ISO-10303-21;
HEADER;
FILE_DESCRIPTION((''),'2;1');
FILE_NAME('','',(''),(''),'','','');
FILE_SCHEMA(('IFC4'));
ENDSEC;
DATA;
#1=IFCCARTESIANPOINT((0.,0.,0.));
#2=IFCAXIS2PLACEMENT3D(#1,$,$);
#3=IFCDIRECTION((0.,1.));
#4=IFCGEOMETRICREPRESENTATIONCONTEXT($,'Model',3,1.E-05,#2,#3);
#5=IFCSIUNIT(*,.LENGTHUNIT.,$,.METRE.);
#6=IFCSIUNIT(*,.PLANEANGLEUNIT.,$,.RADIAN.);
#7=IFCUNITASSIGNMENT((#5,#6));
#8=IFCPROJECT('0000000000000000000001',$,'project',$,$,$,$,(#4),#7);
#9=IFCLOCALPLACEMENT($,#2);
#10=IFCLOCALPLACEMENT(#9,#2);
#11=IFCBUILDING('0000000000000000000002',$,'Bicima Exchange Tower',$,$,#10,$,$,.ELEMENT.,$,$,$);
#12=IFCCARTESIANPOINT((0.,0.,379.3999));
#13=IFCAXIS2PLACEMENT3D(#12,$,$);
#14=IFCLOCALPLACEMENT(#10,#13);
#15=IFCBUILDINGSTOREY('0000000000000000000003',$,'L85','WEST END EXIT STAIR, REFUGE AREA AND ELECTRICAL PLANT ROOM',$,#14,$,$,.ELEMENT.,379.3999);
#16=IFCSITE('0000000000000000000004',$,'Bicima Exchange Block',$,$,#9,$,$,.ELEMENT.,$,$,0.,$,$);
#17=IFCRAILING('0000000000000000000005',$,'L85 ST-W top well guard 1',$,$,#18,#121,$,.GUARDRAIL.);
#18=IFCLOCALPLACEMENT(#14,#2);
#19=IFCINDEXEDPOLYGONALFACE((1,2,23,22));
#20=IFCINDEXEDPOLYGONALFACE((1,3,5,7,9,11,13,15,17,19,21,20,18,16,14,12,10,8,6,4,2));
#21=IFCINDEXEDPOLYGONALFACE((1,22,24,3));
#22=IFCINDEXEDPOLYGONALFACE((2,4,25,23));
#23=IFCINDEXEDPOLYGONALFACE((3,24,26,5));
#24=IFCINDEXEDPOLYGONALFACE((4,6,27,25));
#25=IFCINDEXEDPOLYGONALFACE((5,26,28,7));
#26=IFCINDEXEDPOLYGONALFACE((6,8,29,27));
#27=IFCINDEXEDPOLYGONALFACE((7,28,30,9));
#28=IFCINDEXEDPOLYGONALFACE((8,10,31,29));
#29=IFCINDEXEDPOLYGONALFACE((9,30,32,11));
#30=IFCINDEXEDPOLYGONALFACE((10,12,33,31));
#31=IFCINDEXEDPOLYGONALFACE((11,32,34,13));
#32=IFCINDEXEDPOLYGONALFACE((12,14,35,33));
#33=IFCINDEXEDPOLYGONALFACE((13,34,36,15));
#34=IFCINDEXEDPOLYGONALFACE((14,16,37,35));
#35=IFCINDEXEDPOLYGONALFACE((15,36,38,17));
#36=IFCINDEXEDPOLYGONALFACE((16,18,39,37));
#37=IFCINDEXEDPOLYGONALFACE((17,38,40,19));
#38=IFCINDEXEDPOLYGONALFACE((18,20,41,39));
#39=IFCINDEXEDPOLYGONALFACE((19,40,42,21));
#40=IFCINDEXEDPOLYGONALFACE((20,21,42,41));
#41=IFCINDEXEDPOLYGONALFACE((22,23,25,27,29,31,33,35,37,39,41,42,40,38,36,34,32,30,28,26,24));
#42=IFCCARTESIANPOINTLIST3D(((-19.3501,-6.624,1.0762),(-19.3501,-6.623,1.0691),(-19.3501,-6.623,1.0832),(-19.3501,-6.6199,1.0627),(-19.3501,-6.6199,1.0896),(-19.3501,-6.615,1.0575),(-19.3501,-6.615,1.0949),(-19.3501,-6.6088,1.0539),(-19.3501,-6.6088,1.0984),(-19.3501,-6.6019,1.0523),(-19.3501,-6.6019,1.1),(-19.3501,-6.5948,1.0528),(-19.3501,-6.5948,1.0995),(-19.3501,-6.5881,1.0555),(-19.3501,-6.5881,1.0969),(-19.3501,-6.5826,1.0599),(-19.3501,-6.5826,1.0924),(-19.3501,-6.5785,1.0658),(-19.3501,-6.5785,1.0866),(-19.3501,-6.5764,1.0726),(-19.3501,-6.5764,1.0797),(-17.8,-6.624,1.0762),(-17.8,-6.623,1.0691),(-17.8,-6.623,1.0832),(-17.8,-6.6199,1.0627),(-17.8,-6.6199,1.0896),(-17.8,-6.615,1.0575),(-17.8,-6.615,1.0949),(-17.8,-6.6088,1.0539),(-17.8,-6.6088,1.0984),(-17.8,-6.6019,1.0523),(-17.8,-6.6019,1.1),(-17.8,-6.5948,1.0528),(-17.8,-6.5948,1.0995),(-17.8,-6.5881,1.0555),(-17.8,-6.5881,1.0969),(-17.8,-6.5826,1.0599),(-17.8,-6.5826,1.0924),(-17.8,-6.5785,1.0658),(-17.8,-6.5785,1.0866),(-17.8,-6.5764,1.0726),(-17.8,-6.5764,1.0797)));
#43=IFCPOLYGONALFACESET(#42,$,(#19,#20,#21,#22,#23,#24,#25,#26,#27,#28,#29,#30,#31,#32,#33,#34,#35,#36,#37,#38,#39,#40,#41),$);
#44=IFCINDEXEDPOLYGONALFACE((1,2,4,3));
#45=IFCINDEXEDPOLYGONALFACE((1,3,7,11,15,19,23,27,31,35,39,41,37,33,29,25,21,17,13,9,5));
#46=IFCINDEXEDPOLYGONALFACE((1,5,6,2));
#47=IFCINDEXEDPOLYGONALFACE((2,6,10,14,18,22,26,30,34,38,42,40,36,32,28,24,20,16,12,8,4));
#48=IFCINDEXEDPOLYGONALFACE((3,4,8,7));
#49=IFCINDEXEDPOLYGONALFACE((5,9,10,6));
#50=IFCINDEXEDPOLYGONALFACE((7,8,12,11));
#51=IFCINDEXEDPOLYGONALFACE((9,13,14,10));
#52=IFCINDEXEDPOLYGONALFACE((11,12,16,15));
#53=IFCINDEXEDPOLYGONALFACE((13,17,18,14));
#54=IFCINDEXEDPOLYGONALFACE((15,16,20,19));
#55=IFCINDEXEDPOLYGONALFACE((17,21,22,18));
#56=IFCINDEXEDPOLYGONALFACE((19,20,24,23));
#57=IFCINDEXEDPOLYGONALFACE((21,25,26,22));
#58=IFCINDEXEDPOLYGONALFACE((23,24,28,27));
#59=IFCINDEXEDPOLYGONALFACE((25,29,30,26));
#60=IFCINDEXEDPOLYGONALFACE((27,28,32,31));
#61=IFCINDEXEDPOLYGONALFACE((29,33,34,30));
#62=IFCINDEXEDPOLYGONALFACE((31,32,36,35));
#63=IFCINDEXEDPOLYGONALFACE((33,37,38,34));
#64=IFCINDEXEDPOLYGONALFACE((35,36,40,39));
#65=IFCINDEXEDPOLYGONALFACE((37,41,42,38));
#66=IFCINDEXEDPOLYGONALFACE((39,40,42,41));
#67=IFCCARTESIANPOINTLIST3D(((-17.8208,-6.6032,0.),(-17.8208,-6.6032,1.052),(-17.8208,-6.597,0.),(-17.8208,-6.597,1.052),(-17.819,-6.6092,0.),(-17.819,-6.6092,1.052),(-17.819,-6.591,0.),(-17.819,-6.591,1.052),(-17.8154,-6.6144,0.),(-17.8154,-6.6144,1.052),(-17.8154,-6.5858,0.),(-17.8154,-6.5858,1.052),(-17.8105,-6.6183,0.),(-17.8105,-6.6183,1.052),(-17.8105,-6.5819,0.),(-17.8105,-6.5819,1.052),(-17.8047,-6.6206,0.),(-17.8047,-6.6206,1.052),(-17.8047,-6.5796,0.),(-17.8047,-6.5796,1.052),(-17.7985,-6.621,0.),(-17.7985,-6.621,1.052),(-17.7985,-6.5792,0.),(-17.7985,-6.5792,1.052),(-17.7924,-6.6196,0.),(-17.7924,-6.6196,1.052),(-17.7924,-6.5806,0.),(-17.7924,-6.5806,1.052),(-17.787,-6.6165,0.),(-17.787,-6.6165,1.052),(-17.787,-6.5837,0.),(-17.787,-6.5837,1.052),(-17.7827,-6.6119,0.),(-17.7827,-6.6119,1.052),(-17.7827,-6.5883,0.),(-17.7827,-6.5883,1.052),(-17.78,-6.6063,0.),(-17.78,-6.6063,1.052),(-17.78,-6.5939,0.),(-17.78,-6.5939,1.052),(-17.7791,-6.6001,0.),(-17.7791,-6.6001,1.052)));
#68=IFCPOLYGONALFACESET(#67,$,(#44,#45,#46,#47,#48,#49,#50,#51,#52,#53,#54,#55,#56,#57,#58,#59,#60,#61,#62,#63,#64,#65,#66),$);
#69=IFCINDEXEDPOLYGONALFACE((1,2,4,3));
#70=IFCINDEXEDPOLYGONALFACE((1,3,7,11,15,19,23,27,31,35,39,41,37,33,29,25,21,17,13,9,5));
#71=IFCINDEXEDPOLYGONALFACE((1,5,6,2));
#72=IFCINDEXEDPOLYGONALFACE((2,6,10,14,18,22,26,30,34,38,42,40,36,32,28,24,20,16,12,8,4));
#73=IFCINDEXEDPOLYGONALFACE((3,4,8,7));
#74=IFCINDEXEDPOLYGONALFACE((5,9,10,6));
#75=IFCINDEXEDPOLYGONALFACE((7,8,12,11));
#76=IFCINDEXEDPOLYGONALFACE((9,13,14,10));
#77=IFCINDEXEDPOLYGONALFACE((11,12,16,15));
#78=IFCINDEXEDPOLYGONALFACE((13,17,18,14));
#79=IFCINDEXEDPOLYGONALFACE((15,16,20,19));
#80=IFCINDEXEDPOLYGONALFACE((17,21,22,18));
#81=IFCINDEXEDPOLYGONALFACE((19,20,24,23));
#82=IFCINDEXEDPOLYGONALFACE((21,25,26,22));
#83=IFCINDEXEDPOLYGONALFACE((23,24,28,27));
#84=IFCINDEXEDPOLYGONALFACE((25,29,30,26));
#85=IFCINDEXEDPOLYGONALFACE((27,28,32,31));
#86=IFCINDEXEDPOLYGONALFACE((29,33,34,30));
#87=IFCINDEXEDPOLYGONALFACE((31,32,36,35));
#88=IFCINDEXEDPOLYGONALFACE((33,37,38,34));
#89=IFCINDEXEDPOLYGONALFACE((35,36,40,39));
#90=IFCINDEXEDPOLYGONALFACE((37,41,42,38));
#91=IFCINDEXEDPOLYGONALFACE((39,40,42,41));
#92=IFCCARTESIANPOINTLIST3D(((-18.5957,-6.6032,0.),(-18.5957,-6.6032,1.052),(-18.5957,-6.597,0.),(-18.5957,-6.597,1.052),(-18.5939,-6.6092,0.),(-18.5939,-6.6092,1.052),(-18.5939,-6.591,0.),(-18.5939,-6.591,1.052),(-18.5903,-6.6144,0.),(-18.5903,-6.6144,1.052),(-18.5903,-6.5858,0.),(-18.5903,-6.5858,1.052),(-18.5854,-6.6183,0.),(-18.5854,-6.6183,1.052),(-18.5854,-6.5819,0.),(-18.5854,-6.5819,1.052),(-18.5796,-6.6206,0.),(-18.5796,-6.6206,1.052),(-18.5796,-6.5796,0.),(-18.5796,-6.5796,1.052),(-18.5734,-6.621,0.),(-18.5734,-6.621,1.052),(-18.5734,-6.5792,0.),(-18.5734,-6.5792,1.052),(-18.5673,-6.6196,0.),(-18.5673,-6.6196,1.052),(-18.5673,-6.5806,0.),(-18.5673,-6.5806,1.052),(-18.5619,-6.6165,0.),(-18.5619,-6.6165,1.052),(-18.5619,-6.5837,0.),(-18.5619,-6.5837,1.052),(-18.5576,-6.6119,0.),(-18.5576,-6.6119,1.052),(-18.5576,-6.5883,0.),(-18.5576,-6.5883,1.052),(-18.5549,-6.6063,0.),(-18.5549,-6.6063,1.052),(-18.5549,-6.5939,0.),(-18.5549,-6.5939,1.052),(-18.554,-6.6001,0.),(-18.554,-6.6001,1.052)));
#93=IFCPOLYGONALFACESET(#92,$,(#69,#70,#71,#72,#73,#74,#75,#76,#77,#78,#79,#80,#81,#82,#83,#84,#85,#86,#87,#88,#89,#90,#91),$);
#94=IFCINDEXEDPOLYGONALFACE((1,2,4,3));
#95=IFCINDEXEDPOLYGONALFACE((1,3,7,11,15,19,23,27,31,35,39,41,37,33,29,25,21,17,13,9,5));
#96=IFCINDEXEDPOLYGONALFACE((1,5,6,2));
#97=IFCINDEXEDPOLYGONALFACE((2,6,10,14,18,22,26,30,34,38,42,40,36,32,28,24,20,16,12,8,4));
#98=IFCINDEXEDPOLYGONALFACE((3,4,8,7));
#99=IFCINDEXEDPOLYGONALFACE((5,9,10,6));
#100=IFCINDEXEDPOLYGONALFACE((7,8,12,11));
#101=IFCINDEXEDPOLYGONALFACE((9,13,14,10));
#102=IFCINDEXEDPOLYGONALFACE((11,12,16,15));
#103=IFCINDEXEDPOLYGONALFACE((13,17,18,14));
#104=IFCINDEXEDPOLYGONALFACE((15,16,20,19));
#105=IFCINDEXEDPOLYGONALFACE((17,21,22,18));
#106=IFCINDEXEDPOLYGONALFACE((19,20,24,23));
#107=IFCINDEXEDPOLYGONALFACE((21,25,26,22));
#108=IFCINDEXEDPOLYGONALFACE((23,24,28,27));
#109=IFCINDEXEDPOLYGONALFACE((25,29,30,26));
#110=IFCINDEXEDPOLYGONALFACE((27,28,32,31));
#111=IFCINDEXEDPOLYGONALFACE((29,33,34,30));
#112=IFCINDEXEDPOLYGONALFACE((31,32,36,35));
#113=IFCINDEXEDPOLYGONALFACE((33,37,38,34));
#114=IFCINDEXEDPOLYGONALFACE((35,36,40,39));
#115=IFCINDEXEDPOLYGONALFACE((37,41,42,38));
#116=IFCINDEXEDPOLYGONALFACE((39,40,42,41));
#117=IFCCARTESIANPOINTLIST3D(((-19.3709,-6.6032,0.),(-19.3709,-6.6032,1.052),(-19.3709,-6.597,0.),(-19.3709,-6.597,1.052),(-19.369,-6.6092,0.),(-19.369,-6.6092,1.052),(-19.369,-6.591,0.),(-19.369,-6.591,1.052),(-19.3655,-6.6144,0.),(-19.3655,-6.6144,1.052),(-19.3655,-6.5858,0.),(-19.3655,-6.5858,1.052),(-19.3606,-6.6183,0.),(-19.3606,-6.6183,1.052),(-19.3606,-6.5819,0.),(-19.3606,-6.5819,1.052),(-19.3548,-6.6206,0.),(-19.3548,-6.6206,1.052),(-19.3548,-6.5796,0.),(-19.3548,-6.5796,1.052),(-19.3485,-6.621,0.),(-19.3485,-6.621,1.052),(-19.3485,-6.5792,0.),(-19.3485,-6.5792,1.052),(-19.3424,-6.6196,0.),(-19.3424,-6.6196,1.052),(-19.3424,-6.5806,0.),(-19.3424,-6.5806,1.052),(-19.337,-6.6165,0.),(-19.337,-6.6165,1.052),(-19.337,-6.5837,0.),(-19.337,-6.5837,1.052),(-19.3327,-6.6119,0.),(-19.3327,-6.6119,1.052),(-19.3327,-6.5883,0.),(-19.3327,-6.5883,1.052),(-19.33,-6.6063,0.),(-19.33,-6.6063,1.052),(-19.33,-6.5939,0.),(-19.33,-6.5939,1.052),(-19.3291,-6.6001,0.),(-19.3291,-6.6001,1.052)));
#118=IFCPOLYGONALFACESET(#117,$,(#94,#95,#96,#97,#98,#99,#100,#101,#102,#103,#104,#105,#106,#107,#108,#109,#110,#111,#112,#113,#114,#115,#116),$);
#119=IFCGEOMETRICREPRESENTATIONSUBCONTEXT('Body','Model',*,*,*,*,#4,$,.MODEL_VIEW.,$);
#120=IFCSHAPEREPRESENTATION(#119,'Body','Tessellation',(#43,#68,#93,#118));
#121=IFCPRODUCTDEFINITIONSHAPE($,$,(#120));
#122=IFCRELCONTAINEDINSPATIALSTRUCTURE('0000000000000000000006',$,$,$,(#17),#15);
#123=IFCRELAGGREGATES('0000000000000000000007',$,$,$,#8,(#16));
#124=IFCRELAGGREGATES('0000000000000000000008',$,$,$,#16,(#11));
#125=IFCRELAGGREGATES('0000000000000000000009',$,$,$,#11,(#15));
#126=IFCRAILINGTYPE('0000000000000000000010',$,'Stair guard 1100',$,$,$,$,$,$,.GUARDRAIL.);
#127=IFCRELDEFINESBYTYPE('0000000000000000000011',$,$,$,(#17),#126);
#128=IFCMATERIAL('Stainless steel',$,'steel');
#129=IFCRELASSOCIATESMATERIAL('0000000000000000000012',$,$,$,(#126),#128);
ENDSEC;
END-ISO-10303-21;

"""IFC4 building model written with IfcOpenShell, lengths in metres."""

from ifc_helpers import new_model, si_unit, direction, frame, origin, origin_2d, place, context, subcontext, project, spatial, circle, extrude, material, type_object, element, save


model = new_model("IFC4")

# Units and contexts
model_context = context("Model", 3, precision=1e-05, world=origin(), true_north=direction((0.0, 1.0)))
body_context = subcontext(model_context, "Body", "Model", "MODEL_VIEW")
ifc_project = project(units=[si_unit("LENGTHUNIT", "METRE"), si_unit("PLANEANGLEUNIT", "RADIAN")], contexts=[model_context])

# Site, building, storey
site_placement = place(None, origin())
site = spatial("IfcSite", under=ifc_project, at=site_placement, Name="Bicima Exchange Block", CompositionType="ELEMENT", RefElevation=0.0)
building_placement = place(site_placement, origin())
building = spatial("IfcBuilding", under=site, at=building_placement, Name="Bicima Exchange Tower", CompositionType="ELEMENT")
storey_placement = place(building_placement, frame((0.0, 0.0, 379.3999)))
storey = spatial("IfcBuildingStorey", under=building, at=storey_placement, Name="L85", Description="WEST END EXIT STAIR, REFUGE AREA AND ELECTRICAL PLANT ROOM", CompositionType="ELEMENT", Elevation=379.3999)

# Railing
ifc_material_1 = material(Name="Stainless steel", Category="steel")
railing_type = type_object("IfcRailingType", Name="Stair guard 1100", PredefinedType="GUARDRAIL", material=ifc_material_1)
railing_placement = place(storey_placement, frame((-17.8, -6.6001, 0.0)))
element("IfcRailing", 1, at=railing_placement, inside=storey, type_object=railing_type, Name="L85 ST-W top well guard 1", PredefinedType="GUARDRAIL", context=body_context, shape_type="SweptSolid", body=[
    extrude(circle(Radius=0.0239, at=origin_2d()), frame((0.0, 0.0, 1.0762), z_axis=(-1.0, 0.0, 0.0), x_axis=(0.0, -1.0, 0.0)), (0.0, 0.0, 1.0), 1.55),
    extrude(circle(Radius=0.021, at=origin_2d()), origin(), (0.0, 0.0, 1.0), 1.052),
    extrude(circle(Radius=0.021, at=origin_2d()), frame((-0.7749, 0.0, 0.0)), (0.0, 0.0, 1.0), 1.052),
    extrude(circle(Radius=0.021, at=origin_2d()), frame((-1.55, 0.0, 0.0)), (0.0, 0.0, 1.0), 1.052),
])

save(model, "model.ifc")
